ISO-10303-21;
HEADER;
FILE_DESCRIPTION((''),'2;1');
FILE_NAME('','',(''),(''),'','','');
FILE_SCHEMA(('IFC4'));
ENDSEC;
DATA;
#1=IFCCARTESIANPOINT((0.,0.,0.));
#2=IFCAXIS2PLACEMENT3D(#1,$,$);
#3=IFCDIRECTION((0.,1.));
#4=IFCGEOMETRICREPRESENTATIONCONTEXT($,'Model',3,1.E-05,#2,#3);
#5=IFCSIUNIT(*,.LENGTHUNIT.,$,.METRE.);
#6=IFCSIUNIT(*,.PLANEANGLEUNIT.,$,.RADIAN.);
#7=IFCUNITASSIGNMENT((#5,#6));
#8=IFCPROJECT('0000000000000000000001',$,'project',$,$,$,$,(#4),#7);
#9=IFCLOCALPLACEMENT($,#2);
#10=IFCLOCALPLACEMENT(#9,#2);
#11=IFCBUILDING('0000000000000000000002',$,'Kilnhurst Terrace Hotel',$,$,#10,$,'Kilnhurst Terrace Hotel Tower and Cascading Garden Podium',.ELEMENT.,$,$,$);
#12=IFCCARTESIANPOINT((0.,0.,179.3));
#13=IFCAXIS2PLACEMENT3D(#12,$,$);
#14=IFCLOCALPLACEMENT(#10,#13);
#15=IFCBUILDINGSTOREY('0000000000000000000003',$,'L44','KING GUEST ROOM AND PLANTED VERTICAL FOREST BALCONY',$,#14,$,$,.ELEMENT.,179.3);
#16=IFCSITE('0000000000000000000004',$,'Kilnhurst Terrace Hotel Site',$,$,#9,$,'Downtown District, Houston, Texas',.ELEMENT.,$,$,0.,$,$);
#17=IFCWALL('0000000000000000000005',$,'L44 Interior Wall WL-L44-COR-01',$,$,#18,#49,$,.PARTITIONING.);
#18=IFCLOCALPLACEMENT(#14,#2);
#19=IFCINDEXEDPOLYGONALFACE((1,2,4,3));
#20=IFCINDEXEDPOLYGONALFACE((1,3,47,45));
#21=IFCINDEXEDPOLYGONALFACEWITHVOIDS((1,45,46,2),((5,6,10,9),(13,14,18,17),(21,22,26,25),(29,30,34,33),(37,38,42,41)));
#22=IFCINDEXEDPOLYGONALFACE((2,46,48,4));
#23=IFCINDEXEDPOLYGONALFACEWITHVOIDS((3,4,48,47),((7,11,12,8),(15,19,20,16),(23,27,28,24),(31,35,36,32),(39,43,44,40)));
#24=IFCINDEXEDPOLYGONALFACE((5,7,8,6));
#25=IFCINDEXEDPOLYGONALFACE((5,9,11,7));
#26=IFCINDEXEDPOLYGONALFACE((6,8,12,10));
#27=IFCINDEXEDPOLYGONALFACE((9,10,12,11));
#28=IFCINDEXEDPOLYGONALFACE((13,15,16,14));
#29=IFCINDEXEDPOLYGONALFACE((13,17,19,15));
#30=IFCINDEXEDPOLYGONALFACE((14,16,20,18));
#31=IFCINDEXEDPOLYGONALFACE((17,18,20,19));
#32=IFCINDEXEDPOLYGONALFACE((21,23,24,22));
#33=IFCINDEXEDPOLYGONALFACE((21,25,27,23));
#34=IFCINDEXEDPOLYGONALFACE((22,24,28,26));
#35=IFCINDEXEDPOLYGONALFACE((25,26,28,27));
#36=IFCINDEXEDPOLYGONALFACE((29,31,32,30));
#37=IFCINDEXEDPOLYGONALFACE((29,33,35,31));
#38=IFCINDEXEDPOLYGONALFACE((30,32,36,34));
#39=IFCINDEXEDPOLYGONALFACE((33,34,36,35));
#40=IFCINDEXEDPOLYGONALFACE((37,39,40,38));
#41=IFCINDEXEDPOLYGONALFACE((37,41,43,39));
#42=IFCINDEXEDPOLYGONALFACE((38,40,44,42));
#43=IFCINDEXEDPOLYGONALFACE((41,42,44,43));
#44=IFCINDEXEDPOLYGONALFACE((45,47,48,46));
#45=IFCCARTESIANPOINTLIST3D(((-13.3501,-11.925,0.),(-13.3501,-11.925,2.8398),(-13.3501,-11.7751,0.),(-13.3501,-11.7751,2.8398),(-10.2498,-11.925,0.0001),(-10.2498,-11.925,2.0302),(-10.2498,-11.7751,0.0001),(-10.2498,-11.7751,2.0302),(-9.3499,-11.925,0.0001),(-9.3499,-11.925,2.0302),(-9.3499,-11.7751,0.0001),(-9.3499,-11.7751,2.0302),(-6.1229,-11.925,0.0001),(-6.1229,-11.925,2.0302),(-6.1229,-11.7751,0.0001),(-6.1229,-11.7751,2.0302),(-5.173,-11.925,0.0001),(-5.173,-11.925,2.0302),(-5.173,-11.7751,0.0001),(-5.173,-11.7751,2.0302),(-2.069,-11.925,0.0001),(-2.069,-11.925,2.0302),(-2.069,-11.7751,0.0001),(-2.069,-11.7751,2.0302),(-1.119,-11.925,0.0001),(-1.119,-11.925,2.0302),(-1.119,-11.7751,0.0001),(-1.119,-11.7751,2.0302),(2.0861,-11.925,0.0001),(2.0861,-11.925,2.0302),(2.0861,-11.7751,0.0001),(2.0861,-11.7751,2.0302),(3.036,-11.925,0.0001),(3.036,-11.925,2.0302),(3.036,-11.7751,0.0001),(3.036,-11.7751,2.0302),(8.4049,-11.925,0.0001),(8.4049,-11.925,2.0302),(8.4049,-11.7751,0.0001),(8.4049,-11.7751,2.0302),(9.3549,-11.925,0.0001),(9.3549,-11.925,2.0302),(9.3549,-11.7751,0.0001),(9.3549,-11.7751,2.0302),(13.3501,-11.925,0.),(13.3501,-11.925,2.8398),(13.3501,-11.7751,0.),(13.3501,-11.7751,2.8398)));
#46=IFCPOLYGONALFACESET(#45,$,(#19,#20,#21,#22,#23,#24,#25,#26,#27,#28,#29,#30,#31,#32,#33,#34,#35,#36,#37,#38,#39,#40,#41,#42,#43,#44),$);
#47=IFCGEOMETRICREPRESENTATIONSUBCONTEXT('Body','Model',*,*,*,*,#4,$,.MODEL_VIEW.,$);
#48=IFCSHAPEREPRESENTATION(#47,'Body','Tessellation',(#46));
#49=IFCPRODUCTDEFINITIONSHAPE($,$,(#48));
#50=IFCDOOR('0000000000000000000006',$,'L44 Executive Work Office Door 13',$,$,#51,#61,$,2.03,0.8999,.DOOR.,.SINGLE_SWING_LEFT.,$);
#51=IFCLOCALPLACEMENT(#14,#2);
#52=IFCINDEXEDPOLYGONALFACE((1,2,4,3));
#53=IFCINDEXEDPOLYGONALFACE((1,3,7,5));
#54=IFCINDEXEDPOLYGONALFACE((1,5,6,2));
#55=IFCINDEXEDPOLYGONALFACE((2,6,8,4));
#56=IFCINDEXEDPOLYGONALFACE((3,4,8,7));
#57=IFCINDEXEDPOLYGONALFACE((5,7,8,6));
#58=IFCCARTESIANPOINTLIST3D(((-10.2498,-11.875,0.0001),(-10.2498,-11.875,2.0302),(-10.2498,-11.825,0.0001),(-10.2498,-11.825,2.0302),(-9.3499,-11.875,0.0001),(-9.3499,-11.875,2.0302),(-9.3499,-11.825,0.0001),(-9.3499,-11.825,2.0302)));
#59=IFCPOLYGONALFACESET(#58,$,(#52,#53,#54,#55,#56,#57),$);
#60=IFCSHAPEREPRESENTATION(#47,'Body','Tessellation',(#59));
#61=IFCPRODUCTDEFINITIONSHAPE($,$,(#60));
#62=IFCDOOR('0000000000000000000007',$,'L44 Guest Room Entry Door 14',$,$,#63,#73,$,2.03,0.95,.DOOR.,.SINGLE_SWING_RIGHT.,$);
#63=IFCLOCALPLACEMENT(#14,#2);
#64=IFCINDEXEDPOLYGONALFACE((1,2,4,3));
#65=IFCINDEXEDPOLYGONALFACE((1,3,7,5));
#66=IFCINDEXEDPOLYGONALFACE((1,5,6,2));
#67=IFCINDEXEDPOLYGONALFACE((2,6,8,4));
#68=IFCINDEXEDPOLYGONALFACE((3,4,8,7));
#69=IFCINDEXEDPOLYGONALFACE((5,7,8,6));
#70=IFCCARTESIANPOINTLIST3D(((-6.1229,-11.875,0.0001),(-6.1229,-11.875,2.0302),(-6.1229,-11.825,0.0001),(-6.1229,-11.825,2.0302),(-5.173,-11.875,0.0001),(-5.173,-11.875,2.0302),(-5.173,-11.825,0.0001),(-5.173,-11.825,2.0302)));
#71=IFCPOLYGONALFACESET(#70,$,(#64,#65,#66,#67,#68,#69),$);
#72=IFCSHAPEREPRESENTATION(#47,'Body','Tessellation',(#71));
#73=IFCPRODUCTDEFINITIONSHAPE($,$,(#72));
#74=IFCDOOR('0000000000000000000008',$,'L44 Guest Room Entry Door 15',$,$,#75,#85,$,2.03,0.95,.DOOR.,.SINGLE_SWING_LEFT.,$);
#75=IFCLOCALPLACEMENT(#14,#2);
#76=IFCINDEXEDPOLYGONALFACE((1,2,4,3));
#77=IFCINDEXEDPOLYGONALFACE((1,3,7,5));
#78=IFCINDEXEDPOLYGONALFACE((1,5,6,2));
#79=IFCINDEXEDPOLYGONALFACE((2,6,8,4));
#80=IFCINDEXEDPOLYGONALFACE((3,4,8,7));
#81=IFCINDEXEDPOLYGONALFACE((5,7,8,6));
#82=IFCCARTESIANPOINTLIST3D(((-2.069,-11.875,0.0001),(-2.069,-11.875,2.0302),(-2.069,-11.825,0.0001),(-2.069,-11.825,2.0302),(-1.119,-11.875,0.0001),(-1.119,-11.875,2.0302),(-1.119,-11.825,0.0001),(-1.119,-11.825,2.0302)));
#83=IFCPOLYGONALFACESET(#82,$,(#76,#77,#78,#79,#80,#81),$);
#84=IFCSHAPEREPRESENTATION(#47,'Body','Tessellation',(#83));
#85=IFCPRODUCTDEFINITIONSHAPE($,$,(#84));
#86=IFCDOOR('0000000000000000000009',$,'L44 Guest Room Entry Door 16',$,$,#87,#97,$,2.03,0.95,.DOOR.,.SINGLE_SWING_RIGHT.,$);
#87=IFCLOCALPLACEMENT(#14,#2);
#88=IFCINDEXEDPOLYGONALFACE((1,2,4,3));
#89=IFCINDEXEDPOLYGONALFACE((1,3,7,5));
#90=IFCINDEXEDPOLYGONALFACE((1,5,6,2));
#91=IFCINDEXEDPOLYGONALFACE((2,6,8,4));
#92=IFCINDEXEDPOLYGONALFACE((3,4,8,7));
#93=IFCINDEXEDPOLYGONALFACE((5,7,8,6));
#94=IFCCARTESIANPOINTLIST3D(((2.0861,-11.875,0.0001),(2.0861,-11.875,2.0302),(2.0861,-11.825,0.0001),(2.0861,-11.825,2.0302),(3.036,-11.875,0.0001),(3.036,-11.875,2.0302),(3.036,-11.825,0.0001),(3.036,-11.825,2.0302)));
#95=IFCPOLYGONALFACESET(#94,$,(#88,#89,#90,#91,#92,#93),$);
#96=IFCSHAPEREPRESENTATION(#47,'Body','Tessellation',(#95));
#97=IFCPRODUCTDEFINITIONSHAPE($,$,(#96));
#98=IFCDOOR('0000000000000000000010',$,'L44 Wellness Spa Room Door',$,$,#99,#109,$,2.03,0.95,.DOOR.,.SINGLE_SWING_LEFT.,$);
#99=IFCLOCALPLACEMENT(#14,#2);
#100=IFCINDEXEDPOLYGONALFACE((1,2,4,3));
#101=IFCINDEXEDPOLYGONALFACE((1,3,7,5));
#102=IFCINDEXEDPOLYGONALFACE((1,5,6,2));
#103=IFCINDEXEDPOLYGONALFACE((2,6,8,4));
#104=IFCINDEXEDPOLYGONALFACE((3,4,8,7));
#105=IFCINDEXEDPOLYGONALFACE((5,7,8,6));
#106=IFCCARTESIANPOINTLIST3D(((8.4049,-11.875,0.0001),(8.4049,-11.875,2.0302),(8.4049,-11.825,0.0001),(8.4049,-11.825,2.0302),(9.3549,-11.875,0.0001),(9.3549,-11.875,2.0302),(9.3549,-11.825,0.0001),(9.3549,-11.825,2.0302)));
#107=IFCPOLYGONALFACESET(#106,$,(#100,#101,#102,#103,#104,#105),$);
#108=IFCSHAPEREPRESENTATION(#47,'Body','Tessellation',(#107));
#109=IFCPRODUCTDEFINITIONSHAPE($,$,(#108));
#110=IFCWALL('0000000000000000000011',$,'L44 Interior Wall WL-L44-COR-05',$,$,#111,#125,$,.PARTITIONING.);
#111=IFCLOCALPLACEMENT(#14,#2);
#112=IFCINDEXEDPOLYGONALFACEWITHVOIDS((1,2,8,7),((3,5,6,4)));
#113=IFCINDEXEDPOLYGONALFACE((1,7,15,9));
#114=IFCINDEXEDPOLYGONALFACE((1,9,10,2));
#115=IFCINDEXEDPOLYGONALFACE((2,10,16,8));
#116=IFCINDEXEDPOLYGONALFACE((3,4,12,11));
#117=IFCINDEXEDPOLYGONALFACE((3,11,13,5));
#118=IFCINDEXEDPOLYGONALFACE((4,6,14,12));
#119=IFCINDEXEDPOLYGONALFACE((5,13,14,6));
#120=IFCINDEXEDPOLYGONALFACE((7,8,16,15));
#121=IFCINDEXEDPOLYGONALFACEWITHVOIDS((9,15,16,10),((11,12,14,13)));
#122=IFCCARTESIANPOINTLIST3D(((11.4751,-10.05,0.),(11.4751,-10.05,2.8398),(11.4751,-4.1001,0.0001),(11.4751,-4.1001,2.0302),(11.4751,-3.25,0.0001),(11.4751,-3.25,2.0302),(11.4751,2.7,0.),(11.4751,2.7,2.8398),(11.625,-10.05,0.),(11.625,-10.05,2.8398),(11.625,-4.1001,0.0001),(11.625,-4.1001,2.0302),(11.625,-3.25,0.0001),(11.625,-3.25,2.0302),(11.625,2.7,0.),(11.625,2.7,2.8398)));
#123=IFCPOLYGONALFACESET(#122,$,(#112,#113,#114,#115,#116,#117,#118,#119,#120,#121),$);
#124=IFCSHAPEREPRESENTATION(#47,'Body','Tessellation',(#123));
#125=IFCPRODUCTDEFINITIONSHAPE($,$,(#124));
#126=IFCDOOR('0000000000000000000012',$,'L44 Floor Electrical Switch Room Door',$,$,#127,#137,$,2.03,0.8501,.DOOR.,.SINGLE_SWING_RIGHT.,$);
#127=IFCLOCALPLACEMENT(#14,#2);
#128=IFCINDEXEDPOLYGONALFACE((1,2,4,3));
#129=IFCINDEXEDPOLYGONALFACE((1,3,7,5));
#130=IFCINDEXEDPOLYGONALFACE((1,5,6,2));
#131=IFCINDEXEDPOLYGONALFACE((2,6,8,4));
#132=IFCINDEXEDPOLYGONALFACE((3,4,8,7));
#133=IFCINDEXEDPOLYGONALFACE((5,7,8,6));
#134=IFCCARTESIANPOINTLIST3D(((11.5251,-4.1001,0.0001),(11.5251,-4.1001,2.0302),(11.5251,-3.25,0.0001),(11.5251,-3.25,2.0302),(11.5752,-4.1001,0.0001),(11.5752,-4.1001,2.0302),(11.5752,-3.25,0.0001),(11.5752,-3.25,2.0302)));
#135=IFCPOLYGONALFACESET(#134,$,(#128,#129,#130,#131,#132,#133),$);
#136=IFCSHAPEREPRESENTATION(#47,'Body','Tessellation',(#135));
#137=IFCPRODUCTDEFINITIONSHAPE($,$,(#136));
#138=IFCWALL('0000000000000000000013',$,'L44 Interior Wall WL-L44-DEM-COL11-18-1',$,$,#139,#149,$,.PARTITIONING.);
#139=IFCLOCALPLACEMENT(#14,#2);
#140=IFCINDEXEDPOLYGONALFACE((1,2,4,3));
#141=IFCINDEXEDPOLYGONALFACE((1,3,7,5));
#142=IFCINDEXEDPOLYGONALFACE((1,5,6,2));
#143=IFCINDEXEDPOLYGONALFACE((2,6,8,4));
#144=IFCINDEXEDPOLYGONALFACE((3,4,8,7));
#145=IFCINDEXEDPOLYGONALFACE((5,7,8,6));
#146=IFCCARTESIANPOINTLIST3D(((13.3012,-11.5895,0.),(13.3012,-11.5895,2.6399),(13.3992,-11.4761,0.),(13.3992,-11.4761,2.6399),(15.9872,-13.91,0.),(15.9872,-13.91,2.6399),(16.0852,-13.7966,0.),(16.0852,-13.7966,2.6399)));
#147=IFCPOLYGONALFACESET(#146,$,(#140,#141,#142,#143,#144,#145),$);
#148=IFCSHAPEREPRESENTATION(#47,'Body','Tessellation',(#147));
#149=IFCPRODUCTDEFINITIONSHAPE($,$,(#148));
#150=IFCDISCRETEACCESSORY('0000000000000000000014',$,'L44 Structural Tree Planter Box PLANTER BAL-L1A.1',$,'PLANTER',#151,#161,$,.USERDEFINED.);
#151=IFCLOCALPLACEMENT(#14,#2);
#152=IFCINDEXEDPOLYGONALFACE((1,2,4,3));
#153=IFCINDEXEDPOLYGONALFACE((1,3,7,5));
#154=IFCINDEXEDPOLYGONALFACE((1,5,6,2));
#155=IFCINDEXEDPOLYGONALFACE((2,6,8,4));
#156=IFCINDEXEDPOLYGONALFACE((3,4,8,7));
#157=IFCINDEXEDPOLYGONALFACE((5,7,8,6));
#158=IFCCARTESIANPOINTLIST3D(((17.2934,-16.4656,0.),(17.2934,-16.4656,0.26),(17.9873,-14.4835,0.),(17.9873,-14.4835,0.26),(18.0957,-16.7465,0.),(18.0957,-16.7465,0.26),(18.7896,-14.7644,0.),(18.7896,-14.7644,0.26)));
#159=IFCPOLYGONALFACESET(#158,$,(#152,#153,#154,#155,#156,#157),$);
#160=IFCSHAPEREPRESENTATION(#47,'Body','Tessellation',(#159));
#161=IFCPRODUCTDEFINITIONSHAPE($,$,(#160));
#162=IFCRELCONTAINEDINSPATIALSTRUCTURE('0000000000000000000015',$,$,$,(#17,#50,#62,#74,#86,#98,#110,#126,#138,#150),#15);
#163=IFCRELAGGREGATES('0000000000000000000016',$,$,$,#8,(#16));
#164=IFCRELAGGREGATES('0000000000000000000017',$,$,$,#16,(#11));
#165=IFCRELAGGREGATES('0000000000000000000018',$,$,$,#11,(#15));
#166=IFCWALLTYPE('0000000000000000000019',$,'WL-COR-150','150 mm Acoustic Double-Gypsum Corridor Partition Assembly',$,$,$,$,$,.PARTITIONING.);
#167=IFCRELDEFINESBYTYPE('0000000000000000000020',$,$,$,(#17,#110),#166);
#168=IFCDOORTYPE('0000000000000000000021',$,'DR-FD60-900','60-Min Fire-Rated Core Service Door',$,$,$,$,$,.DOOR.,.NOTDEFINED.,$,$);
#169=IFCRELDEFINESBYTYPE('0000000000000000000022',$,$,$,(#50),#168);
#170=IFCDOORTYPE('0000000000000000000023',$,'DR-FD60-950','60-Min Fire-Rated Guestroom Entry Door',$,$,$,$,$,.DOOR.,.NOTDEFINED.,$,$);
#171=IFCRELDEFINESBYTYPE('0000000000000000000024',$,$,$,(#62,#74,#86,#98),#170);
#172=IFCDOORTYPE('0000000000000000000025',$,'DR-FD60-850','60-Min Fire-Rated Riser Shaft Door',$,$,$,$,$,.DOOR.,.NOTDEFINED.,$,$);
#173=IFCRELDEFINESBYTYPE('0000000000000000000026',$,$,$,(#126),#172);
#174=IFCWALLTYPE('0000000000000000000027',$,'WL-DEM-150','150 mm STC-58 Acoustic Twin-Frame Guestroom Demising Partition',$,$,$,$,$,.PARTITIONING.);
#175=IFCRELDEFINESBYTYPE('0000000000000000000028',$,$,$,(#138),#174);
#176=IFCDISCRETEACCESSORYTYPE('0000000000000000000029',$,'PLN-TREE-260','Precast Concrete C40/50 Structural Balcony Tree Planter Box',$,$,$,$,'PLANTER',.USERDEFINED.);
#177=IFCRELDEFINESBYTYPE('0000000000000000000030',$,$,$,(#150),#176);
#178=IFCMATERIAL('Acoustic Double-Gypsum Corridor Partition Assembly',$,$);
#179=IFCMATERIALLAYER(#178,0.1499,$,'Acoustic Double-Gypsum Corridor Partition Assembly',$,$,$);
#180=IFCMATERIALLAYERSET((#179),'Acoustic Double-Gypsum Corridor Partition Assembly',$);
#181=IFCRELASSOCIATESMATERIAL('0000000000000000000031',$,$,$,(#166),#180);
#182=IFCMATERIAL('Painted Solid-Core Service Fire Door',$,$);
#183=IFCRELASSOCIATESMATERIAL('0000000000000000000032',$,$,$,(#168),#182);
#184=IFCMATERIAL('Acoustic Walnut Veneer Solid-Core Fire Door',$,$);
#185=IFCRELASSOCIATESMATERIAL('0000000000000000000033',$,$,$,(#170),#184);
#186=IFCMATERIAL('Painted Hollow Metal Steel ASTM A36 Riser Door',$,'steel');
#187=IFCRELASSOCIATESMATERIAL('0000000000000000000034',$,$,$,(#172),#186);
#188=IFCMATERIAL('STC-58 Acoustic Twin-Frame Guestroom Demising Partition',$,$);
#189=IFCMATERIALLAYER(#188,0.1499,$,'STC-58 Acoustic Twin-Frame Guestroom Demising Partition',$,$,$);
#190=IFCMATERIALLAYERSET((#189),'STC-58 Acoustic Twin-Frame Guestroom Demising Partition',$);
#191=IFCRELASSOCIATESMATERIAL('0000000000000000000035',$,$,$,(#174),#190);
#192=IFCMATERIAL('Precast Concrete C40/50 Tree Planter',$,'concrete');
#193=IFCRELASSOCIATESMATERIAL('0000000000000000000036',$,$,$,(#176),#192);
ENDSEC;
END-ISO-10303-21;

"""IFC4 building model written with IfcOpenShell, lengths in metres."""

from ifc_helpers import new_model, si_unit, direction, frame, frame_2d, origin, origin_2d, place, context, subcontext, project, spatial, rectangle, extrude, material, layer, layer_set, type_object, element, fill, save


model = new_model("IFC4")

# Units and contexts
model_context = context("Model", 3, precision=1e-05, world=origin(), true_north=direction((0.0, 1.0)))
body_context = subcontext(model_context, "Body", "Model", "MODEL_VIEW")
ifc_project = project(units=[si_unit("LENGTHUNIT", "METRE"), si_unit("PLANEANGLEUNIT", "RADIAN")], contexts=[model_context])

# Site, building, storey
site_placement = place(None, origin())
site = spatial("IfcSite", under=ifc_project, at=site_placement, Name="Kilnhurst Terrace Hotel Site", LongName="Downtown District, Houston, Texas", CompositionType="ELEMENT", RefElevation=0.0)
building_placement = place(site_placement, origin())
building = spatial("IfcBuilding", under=site, at=building_placement, Name="Kilnhurst Terrace Hotel", LongName="Kilnhurst Terrace Hotel Tower and Cascading Garden Podium", CompositionType="ELEMENT")
storey_placement = place(building_placement, frame((0.0, 0.0, 179.3)))
storey = spatial("IfcBuildingStorey", under=building, at=storey_placement, Name="L44", Description="KING GUEST ROOM AND PLANTED VERTICAL FOREST BALCONY", CompositionType="ELEMENT", Elevation=179.3)

# Wall, openings, doors
ifc_material_1 = material(Name="Acoustic Double-Gypsum Corridor Partition Assembly")
ifc_layer_1 = layer(ifc_material_1, 0.1499, Name="Acoustic Double-Gypsum Corridor Partition Assembly")
ifc_layer_set_1 = layer_set([ifc_layer_1], Name="Acoustic Double-Gypsum Corridor Partition Assembly")
wall_type_1 = type_object("IfcWallType", Name="WL-COR-150", Description="150 mm Acoustic Double-Gypsum Corridor Partition Assembly", PredefinedType="PARTITIONING", material=ifc_layer_set_1)
wall_1_placement = place(storey_placement, frame((13.3501, -11.8501, 0.0), z_axis=(0.0, 0.0, 1.0), x_axis=(-1.0, 0.0, 0.0)))
wall_1 = element("IfcWall", 1, at=wall_1_placement, inside=storey, type_object=wall_type_1, Name="L44 Interior Wall WL-L44-COR-01", PredefinedType="PARTITIONING", context=body_context, shape_type="SweptSolid", body=[
    extrude(rectangle(XDim=26.7002, YDim=0.1499, at=frame_2d((13.3501, 0.0))), origin(), (0.0, 0.0, 1.0), 2.8398),
])
opening_1_placement = place(wall_1_placement, frame((22.7, 0.0, 0.0)))
opening_1 = element("IfcOpeningElement", 2, at=opening_1_placement, cuts=wall_1, PredefinedType="OPENING", context=body_context, shape_type="SweptSolid", body=[
    extrude(rectangle(XDim=0.8999, YDim=2.03, at=frame_2d((0.45, 1.0151))), frame((0.0, 0.085, 0.0), z_axis=(0.0, -1.0, 0.0), x_axis=(1.0, 0.0, 0.0)), (0.0, 0.0, 1.0), 0.1699),
])
opening_2_placement = place(wall_1_placement, frame((18.5229, 0.0, 0.0)))
opening_2 = element("IfcOpeningElement", 3, at=opening_2_placement, cuts=wall_1, PredefinedType="OPENING", context=body_context, shape_type="SweptSolid", body=[
    extrude(rectangle(XDim=0.95, YDim=2.03, at=frame_2d((0.4751, 1.0151))), frame((0.0, 0.085, 0.0), z_axis=(0.0, -1.0, 0.0), x_axis=(1.0, 0.0, 0.0)), (0.0, 0.0, 1.0), 0.1699),
])
opening_3_placement = place(wall_1_placement, frame((14.469, 0.0, 0.0)))
opening_3 = element("IfcOpeningElement", 4, at=opening_3_placement, cuts=wall_1, PredefinedType="OPENING", context=body_context, shape_type="SweptSolid", body=[
    extrude(rectangle(XDim=0.95, YDim=2.03, at=frame_2d((0.4751, 1.0151))), frame((0.0, 0.085, 0.0), z_axis=(0.0, -1.0, 0.0), x_axis=(1.0, 0.0, 0.0)), (0.0, 0.0, 1.0), 0.1699),
])
opening_4_placement = place(wall_1_placement, frame((10.314, 0.0, 0.0)))
opening_4 = element("IfcOpeningElement", 5, at=opening_4_placement, cuts=wall_1, PredefinedType="OPENING", context=body_context, shape_type="SweptSolid", body=[
    extrude(rectangle(XDim=0.95, YDim=2.03, at=frame_2d((0.4751, 1.0151))), frame((0.0, 0.085, 0.0), z_axis=(0.0, -1.0, 0.0), x_axis=(1.0, 0.0, 0.0)), (0.0, 0.0, 1.0), 0.1699),
])
opening_5_placement = place(wall_1_placement, frame((3.9951, 0.0, 0.0)))
opening_5 = element("IfcOpeningElement", 6, at=opening_5_placement, cuts=wall_1, PredefinedType="OPENING", context=body_context, shape_type="SweptSolid", body=[
    extrude(rectangle(XDim=0.95, YDim=2.03, at=frame_2d((0.4751, 1.0151))), frame((0.0, 0.085, 0.0), z_axis=(0.0, -1.0, 0.0), x_axis=(1.0, 0.0, 0.0)), (0.0, 0.0, 1.0), 0.1699),
])
ifc_material_2 = material(Name="Painted Solid-Core Service Fire Door")
door_type_1 = type_object("IfcDoorType", Name="DR-FD60-900", Description="60-Min Fire-Rated Core Service Door", OperationType="NOTDEFINED", PredefinedType="DOOR", material=ifc_material_2)
door_1_placement = place(opening_1_placement, origin())
door_1 = element("IfcDoor", 7, at=door_1_placement, inside=storey, type_object=door_type_1, Name="L44 Executive Work Office Door 13", OperationType="SINGLE_SWING_LEFT", OverallHeight=2.03, OverallWidth=0.8999, PredefinedType="DOOR", context=body_context, shape_type="SweptSolid", body=[
    extrude(rectangle(XDim=0.8999, YDim=2.03, at=frame_2d((0.45, 1.0151))), frame((0.0, 0.0249, 0.0), z_axis=(0.0, -1.0, 0.0), x_axis=(1.0, 0.0, 0.0)), (0.0, 0.0, 1.0), 0.05),
])
fill(opening_1, door_1)
ifc_material_3 = material(Name="Acoustic Walnut Veneer Solid-Core Fire Door")
door_type_2 = type_object("IfcDoorType", Name="DR-FD60-950", Description="60-Min Fire-Rated Guestroom Entry Door", OperationType="NOTDEFINED", PredefinedType="DOOR", material=ifc_material_3)
door_2_placement = place(opening_2_placement, origin())
door_2 = element("IfcDoor", 8, at=door_2_placement, inside=storey, type_object=door_type_2, Name="L44 Guest Room Entry Door 14", OperationType="SINGLE_SWING_RIGHT", OverallHeight=2.03, OverallWidth=0.95, PredefinedType="DOOR", context=body_context, shape_type="SweptSolid", body=[
    extrude(rectangle(XDim=0.95, YDim=2.03, at=frame_2d((0.4751, 1.0151))), frame((0.0, 0.0249, 0.0), z_axis=(0.0, -1.0, 0.0), x_axis=(1.0, 0.0, 0.0)), (0.0, 0.0, 1.0), 0.05),
])
fill(opening_2, door_2)
door_3_placement = place(opening_3_placement, origin())
door_3 = element("IfcDoor", 9, at=door_3_placement, inside=storey, type_object=door_type_2, Name="L44 Guest Room Entry Door 15", OperationType="SINGLE_SWING_LEFT", OverallHeight=2.03, OverallWidth=0.95, PredefinedType="DOOR", context=body_context, shape_type="SweptSolid", body=[
    extrude(rectangle(XDim=0.95, YDim=2.03, at=frame_2d((0.4751, 1.0151))), frame((0.0, 0.0249, 0.0), z_axis=(0.0, -1.0, 0.0), x_axis=(1.0, 0.0, 0.0)), (0.0, 0.0, 1.0), 0.05),
])
fill(opening_3, door_3)
door_4_placement = place(opening_4_placement, origin())
door_4 = element("IfcDoor", 10, at=door_4_placement, inside=storey, type_object=door_type_2, Name="L44 Guest Room Entry Door 16", OperationType="SINGLE_SWING_RIGHT", OverallHeight=2.03, OverallWidth=0.95, PredefinedType="DOOR", context=body_context, shape_type="SweptSolid", body=[
    extrude(rectangle(XDim=0.95, YDim=2.03, at=frame_2d((0.4751, 1.0151))), frame((0.0, 0.0249, 0.0), z_axis=(0.0, -1.0, 0.0), x_axis=(1.0, 0.0, 0.0)), (0.0, 0.0, 1.0), 0.05),
])
fill(opening_4, door_4)
door_5_placement = place(opening_5_placement, origin())
door_5 = element("IfcDoor", 11, at=door_5_placement, inside=storey, type_object=door_type_2, Name="L44 Wellness Spa Room Door", OperationType="SINGLE_SWING_LEFT", OverallHeight=2.03, OverallWidth=0.95, PredefinedType="DOOR", context=body_context, shape_type="SweptSolid", body=[
    extrude(rectangle(XDim=0.95, YDim=2.03, at=frame_2d((0.4751, 1.0151))), frame((0.0, 0.0249, 0.0), z_axis=(0.0, -1.0, 0.0), x_axis=(1.0, 0.0, 0.0)), (0.0, 0.0, 1.0), 0.05),
])
fill(opening_5, door_5)

# Wall, opening, door
wall_2_placement = place(storey_placement, frame((11.55, -10.05, 0.0), z_axis=(0.0, 0.0, 1.0), x_axis=(0.0, 1.0, 0.0)))
wall_2 = element("IfcWall", 12, at=wall_2_placement, inside=storey, type_object=wall_type_1, Name="L44 Interior Wall WL-L44-COR-05", PredefinedType="PARTITIONING", context=body_context, shape_type="SweptSolid", body=[
    extrude(rectangle(XDim=12.75, YDim=0.1499, at=frame_2d((6.375, 0.0))), origin(), (0.0, 0.0, 1.0), 2.8398),
])
opening_6_placement = place(wall_2_placement, frame((5.95, 0.0, 0.0)))
opening_6 = element("IfcOpeningElement", 13, at=opening_6_placement, cuts=wall_2, PredefinedType="OPENING", context=body_context, shape_type="SweptSolid", body=[
    extrude(rectangle(XDim=0.8501, YDim=2.03, at=frame_2d((0.425, 1.0151))), frame((0.0, 0.085, 0.0), z_axis=(0.0, -1.0, 0.0), x_axis=(1.0, 0.0, 0.0)), (0.0, 0.0, 1.0), 0.1699),
])
ifc_material_4 = material(Name="Painted Hollow Metal Steel ASTM A36 Riser Door", Category="steel")
door_type_3 = type_object("IfcDoorType", Name="DR-FD60-850", Description="60-Min Fire-Rated Riser Shaft Door", OperationType="NOTDEFINED", PredefinedType="DOOR", material=ifc_material_4)
door_6_placement = place(opening_6_placement, origin())
door_6 = element("IfcDoor", 14, at=door_6_placement, inside=storey, type_object=door_type_3, Name="L44 Floor Electrical Switch Room Door", OperationType="SINGLE_SWING_RIGHT", OverallHeight=2.03, OverallWidth=0.8501, PredefinedType="DOOR", context=body_context, shape_type="SweptSolid", body=[
    extrude(rectangle(XDim=0.8501, YDim=2.03, at=frame_2d((0.425, 1.0151))), frame((0.0, 0.0249, 0.0), z_axis=(0.0, -1.0, 0.0), x_axis=(1.0, 0.0, 0.0)), (0.0, 0.0, 1.0), 0.05),
])
fill(opening_6, door_6)

# Wall
ifc_material_5 = material(Name="STC-58 Acoustic Twin-Frame Guestroom Demising Partition")
ifc_layer_2 = layer(ifc_material_5, 0.1499, Name="STC-58 Acoustic Twin-Frame Guestroom Demising Partition")
ifc_layer_set_2 = layer_set([ifc_layer_2], Name="STC-58 Acoustic Twin-Frame Guestroom Demising Partition")
wall_type_2 = type_object("IfcWallType", Name="WL-DEM-150", Description="150 mm STC-58 Acoustic Twin-Frame Guestroom Demising Partition", PredefinedType="PARTITIONING", material=ifc_layer_set_2)
wall_3_placement = place(storey_placement, frame((13.3501, -11.5327, 0.0), z_axis=(0.0, 0.0, 1.0), x_axis=(0.756712, -0.653749, 0.0)))
element("IfcWall", 15, at=wall_3_placement, inside=storey, type_object=wall_type_2, Name="L44 Interior Wall WL-L44-DEM-COL11-18-1", PredefinedType="PARTITIONING", context=body_context, shape_type="SweptSolid", body=[
    extrude(rectangle(XDim=3.5496, YDim=0.1499, at=frame_2d((1.7749, 0.0))), origin(), (0.0, 0.0, 1.0), 2.6399),
])

# Discrete accessory
ifc_material_6 = material(Name="Precast Concrete C40/50 Tree Planter", Category="concrete")
discrete_accessory_type = type_object("IfcDiscreteAccessoryType", Name="PLN-TREE-260", Description="Precast Concrete C40/50 Structural Balcony Tree Planter Box", ElementType="PLANTER", PredefinedType="USERDEFINED", material=ifc_material_6)
discrete_accessory_placement = place(storey_placement, frame((18.0415, -15.615, 0.0), z_axis=(0.0, 0.0, 1.0), x_axis=(0.330432, 0.94383, 0.0)))
element("IfcDiscreteAccessory", 16, at=discrete_accessory_placement, inside=storey, type_object=discrete_accessory_type, Name="L44 Structural Tree Planter Box PLANTER BAL-L1A.1", ObjectType="PLANTER", PredefinedType="USERDEFINED", context=body_context, shape_type="SweptSolid", body=[
    extrude(rectangle(XDim=2.1001, YDim=0.8501, at=origin_2d()), origin(), (0.0, 0.0, 1.0), 0.26),
])

save(model, "model.ifc")
